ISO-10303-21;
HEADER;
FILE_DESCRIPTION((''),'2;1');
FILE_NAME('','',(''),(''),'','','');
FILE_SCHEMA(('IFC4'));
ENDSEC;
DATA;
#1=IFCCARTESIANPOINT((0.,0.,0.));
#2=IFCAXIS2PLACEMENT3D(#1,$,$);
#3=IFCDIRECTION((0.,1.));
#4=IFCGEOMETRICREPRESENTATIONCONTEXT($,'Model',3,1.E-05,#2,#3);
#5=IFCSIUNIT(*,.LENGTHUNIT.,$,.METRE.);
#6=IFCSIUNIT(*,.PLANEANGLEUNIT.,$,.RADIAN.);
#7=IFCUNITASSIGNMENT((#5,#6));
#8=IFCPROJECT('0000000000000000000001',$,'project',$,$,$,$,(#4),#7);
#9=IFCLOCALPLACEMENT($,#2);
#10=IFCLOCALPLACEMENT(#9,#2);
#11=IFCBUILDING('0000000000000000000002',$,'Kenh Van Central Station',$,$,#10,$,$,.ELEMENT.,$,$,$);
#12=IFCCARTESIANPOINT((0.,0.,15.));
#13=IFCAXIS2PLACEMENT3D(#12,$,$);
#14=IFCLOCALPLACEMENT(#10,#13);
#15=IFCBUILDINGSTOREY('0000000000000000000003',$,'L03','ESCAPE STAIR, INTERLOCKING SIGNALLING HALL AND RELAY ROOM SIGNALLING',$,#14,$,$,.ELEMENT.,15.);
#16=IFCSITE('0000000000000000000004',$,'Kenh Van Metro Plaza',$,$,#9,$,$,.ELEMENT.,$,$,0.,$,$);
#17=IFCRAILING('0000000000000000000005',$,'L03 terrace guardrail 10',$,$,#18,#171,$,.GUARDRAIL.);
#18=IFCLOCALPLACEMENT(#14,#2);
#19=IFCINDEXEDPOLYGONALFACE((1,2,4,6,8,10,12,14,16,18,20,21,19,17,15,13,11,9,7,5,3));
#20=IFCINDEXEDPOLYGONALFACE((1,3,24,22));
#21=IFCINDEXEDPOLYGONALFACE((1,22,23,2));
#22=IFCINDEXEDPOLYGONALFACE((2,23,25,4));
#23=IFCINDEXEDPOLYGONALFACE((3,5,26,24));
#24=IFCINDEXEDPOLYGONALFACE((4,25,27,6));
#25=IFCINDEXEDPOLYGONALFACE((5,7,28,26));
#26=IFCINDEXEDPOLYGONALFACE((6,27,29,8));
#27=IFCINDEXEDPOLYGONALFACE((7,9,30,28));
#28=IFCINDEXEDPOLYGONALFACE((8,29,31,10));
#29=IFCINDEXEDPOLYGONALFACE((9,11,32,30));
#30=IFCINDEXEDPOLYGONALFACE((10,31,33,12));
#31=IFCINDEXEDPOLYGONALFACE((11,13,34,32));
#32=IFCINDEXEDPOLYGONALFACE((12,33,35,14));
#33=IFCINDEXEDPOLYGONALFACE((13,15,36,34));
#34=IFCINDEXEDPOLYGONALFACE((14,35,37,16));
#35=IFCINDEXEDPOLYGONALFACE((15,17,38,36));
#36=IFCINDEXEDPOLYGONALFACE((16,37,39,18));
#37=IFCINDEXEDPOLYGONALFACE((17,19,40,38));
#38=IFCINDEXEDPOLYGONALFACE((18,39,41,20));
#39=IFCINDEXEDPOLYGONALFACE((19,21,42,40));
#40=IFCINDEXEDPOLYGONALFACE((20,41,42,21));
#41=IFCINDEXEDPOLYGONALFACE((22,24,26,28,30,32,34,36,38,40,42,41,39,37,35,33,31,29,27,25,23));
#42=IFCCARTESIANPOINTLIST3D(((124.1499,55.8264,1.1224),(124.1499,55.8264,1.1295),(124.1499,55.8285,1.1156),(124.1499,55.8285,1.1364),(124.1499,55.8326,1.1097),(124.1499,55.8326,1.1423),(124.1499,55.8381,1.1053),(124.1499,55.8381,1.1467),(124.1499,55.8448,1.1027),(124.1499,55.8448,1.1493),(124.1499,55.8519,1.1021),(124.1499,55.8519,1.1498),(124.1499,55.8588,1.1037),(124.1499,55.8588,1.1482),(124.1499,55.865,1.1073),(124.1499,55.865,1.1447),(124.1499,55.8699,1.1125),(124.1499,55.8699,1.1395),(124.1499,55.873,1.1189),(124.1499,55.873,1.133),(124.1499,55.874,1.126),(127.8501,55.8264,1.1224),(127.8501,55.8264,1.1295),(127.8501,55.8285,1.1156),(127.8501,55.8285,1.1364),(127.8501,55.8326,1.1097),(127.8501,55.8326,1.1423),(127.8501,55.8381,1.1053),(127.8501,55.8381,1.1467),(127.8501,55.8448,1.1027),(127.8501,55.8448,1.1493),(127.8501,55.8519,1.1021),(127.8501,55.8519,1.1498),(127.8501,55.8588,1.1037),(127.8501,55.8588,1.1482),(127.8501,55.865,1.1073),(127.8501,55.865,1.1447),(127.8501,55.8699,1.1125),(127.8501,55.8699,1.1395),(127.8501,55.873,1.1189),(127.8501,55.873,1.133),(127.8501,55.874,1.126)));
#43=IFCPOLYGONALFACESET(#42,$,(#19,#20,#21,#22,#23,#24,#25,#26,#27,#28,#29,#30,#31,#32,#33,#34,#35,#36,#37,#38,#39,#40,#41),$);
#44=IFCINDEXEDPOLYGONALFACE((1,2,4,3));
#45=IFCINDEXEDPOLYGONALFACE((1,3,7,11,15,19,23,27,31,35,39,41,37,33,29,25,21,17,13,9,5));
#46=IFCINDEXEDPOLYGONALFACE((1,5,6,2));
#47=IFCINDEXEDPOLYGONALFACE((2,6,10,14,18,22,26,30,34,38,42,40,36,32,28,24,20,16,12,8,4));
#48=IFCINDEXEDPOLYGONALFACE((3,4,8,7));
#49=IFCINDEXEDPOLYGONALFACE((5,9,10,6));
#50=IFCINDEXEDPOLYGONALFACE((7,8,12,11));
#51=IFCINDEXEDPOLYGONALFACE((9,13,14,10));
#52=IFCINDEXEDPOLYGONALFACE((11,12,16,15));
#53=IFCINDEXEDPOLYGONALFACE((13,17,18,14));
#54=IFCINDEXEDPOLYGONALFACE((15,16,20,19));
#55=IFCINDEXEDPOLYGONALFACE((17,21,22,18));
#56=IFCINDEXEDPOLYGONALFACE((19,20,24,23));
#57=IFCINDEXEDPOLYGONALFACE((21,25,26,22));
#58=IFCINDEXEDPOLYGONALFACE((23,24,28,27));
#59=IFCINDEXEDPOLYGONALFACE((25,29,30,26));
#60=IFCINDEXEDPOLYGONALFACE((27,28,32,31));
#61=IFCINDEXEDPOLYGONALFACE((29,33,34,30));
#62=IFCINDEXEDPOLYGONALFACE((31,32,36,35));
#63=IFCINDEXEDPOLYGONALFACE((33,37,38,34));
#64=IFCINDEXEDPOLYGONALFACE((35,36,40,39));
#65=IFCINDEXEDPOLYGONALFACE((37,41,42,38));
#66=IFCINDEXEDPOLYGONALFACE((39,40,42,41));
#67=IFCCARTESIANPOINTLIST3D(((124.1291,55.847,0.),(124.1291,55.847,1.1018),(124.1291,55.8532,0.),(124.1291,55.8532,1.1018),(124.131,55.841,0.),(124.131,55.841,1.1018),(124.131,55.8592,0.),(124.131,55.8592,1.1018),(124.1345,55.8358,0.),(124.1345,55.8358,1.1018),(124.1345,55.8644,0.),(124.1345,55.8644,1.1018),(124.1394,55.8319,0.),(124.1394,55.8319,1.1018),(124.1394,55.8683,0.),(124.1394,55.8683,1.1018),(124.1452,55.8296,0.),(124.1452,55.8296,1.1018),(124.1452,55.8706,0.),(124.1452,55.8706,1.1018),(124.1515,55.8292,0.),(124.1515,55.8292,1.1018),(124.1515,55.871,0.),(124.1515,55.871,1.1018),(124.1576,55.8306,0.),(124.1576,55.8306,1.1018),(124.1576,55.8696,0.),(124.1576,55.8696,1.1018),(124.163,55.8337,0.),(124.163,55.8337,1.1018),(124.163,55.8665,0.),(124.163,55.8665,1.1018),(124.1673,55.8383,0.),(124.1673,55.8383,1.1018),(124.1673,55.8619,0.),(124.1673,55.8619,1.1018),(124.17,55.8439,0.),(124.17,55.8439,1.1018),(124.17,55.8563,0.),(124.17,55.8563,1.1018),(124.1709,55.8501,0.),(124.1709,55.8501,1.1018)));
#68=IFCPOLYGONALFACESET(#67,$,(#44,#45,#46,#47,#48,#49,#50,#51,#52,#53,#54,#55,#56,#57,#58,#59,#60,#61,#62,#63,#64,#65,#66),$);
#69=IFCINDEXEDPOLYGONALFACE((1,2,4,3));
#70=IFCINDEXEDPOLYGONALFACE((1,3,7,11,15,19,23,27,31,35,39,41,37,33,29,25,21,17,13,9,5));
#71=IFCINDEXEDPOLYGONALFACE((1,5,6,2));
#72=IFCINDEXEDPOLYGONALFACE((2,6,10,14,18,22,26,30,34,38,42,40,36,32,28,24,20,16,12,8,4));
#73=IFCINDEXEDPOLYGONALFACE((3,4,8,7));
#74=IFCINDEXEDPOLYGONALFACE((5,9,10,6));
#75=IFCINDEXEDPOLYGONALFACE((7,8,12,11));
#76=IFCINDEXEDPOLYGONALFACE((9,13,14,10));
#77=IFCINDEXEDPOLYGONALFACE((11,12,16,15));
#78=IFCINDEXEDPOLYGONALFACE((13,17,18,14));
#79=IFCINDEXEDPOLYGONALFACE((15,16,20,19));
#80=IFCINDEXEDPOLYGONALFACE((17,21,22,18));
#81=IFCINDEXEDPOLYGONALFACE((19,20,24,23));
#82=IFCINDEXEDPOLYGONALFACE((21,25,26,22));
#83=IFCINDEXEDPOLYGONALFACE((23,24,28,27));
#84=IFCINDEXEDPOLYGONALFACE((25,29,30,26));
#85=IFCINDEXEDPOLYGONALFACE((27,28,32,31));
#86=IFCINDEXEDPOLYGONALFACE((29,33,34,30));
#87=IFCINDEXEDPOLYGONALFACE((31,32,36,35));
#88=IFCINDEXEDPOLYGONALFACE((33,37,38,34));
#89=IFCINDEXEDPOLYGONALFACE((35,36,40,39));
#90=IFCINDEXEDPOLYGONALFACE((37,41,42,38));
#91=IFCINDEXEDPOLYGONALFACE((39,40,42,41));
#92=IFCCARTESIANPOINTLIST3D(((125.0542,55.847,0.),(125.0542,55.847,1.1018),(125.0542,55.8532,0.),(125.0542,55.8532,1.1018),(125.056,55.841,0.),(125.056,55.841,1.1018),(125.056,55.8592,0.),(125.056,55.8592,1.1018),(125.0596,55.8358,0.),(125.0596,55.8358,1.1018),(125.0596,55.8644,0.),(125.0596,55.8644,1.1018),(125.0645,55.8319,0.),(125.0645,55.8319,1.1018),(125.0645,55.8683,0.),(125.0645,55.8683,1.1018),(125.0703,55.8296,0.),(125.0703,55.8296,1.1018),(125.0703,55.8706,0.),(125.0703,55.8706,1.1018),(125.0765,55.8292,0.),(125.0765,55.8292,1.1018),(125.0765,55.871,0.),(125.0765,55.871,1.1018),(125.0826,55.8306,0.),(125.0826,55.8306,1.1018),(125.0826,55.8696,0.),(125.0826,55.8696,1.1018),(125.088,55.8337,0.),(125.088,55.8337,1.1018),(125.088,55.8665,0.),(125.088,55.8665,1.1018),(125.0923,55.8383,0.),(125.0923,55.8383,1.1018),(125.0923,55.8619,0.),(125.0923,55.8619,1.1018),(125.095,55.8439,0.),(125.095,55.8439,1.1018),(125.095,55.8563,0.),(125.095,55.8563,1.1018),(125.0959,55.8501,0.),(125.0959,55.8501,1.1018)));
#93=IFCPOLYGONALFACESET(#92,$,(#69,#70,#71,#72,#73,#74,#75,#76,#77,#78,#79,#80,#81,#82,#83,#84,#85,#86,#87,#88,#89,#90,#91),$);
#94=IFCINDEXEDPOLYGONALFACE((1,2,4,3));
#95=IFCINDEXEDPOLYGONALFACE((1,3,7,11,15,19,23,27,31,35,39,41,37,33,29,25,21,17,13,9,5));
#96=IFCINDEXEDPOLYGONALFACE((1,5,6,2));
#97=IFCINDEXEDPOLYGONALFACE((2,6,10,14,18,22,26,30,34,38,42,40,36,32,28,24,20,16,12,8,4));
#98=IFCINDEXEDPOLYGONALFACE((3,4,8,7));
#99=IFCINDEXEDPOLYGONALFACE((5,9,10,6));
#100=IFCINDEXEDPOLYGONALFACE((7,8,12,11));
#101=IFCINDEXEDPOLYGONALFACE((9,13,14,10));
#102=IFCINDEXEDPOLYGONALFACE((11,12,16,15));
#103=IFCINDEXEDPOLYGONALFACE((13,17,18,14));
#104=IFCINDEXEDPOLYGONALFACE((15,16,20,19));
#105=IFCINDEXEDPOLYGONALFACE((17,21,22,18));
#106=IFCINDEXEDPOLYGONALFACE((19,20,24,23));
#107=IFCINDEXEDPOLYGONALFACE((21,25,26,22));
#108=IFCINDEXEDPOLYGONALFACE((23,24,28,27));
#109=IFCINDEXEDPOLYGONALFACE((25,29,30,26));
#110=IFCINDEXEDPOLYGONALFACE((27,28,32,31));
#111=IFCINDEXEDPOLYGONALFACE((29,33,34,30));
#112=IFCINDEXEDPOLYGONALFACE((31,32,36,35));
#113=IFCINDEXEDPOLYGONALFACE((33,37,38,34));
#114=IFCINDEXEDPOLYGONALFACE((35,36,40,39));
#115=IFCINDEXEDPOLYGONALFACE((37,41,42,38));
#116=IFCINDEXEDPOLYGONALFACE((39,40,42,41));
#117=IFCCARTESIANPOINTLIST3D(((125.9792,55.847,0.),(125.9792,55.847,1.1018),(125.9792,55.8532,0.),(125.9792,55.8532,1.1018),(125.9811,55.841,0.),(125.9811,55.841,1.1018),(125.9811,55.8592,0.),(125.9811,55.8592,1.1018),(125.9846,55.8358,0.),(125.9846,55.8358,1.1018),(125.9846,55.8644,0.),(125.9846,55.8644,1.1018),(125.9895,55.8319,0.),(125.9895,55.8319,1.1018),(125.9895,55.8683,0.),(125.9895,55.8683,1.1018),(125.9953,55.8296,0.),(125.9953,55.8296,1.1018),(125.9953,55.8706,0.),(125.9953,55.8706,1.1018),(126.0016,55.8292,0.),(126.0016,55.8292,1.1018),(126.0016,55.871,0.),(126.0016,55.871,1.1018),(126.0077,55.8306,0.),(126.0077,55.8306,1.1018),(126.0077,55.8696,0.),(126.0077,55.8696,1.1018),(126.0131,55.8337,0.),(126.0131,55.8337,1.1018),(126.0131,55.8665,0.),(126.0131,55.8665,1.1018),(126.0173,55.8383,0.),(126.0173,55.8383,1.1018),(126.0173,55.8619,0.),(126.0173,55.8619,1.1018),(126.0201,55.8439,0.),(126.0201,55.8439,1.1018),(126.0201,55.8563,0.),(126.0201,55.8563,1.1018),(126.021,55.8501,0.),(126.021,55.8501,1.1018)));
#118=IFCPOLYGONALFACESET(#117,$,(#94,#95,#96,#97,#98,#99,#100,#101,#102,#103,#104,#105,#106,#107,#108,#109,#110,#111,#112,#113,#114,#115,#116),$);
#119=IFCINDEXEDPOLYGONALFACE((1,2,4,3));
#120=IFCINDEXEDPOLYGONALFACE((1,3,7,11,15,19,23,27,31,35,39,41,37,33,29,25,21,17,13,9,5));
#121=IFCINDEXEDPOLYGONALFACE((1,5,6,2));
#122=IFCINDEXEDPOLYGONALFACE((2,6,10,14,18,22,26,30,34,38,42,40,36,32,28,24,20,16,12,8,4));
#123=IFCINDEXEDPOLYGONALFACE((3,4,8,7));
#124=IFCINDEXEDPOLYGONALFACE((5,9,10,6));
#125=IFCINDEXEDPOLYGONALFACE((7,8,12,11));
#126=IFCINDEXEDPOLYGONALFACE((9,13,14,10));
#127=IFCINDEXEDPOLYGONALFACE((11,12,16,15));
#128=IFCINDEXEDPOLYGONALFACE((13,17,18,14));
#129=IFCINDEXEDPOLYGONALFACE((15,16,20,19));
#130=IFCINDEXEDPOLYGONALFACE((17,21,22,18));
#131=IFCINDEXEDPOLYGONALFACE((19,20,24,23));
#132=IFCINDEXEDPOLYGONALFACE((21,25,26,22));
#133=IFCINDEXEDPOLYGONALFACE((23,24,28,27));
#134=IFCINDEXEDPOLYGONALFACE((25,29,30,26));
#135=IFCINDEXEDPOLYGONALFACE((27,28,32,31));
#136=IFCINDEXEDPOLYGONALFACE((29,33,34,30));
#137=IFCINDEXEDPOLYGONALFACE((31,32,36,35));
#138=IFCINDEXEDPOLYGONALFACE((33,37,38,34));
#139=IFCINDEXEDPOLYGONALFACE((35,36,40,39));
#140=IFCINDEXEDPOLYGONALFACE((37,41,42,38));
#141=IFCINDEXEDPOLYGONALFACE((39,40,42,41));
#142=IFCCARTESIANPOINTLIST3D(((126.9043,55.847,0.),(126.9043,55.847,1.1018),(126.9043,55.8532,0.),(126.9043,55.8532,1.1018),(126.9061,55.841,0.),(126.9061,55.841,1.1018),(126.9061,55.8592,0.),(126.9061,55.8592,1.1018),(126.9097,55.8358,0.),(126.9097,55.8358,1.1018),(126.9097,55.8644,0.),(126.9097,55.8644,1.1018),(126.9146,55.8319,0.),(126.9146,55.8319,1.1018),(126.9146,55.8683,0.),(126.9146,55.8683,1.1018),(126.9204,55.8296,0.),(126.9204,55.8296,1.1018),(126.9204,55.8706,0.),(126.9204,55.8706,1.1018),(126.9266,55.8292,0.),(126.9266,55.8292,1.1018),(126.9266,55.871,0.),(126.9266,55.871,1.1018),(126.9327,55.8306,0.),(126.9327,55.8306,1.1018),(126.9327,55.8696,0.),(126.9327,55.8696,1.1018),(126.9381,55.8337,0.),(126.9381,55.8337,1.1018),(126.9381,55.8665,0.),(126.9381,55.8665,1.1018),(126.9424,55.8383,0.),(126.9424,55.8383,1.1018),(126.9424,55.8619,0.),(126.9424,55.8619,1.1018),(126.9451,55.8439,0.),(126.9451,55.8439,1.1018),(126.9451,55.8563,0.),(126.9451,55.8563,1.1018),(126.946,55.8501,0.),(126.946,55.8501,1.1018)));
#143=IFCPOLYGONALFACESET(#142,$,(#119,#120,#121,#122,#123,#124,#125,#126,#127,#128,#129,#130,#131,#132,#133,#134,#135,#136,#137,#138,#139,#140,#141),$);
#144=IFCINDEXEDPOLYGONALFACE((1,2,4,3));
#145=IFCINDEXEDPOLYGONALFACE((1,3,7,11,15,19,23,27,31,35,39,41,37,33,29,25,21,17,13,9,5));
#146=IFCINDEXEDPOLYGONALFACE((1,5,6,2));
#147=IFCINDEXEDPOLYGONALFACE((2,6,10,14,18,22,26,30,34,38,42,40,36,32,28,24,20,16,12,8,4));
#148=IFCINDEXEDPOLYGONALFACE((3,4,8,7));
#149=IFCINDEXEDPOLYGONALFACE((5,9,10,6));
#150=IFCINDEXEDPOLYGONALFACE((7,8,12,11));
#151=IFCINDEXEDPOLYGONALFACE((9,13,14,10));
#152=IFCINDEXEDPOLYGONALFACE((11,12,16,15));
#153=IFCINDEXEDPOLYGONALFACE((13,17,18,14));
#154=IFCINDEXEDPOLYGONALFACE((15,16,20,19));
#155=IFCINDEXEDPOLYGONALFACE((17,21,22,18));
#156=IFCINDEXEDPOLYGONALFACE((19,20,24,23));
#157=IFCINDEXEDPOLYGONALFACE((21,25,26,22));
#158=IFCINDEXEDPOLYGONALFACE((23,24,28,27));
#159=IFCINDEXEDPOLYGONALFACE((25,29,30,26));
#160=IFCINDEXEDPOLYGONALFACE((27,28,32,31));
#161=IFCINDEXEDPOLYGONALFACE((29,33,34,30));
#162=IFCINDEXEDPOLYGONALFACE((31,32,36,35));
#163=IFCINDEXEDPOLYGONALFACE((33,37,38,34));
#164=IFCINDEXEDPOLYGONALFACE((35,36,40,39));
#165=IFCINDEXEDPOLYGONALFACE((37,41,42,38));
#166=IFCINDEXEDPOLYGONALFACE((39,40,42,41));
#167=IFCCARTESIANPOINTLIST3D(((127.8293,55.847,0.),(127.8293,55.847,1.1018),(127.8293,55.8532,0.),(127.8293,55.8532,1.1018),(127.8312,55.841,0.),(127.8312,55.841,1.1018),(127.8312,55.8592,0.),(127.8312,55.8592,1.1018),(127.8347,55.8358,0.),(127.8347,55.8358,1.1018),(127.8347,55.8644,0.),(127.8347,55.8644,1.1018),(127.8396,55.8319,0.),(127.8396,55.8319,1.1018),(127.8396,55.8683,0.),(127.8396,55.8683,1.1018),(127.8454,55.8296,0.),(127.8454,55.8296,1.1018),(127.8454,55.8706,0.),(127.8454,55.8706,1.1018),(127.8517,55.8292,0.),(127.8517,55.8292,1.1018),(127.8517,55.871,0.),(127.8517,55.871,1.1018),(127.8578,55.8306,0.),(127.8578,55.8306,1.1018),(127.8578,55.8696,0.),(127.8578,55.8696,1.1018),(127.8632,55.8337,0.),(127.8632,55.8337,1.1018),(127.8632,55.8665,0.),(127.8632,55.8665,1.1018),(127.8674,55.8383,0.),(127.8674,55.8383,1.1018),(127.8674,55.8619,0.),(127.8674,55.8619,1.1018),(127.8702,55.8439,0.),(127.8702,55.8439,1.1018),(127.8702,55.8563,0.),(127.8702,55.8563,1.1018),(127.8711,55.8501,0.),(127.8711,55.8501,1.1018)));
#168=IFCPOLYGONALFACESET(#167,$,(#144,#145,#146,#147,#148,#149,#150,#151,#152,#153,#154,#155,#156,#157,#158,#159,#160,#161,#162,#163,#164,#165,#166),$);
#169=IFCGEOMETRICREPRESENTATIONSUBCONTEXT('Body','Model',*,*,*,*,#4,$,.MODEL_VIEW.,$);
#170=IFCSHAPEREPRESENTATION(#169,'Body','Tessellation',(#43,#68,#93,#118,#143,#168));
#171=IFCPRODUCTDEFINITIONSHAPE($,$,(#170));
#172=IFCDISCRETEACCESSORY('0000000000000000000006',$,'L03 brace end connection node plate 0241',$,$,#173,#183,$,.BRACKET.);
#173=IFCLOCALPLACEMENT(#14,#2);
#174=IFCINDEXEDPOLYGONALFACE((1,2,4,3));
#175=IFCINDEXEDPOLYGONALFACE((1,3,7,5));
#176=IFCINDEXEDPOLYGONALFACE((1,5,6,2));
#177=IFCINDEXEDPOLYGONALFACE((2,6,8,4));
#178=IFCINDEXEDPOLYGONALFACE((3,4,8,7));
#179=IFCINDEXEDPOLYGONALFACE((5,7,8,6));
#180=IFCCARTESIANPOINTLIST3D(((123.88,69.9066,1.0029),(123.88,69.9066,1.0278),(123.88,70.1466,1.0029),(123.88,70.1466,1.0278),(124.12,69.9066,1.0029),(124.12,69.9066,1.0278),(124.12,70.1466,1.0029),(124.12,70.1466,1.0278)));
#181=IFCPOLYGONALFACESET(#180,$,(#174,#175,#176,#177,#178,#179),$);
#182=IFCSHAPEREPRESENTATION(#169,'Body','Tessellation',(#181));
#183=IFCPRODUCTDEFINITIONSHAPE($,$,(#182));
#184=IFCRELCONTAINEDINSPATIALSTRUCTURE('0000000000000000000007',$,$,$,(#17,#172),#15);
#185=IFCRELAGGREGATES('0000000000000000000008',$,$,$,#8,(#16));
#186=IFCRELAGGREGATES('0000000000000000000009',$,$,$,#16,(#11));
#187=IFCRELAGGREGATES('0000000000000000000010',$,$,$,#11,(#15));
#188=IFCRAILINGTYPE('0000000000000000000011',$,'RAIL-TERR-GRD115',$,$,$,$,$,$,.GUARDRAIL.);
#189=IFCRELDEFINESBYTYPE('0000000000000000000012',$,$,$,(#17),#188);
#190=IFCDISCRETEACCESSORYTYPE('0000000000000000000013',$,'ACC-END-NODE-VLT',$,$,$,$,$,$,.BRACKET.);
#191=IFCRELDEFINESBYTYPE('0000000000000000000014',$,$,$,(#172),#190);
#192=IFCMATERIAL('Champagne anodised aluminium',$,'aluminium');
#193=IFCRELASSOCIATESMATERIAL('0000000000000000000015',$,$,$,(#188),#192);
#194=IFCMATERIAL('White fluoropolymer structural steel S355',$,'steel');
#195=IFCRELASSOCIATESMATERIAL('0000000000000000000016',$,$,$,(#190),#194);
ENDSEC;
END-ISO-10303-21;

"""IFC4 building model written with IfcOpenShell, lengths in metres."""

from ifc_helpers import new_model, si_unit, direction, frame, origin, origin_2d, place, context, subcontext, project, spatial, rectangle, circle, extrude, material, type_object, element, save


model = new_model("IFC4")

# Units and contexts
model_context = context("Model", 3, precision=1e-05, world=origin(), true_north=direction((0.0, 1.0)))
body_context = subcontext(model_context, "Body", "Model", "MODEL_VIEW")
ifc_project = project(units=[si_unit("LENGTHUNIT", "METRE"), si_unit("PLANEANGLEUNIT", "RADIAN")], contexts=[model_context])

# Site, building, storey
site_placement = place(None, origin())
site = spatial("IfcSite", under=ifc_project, at=site_placement, Name="Kenh Van Metro Plaza", CompositionType="ELEMENT", RefElevation=0.0)
building_placement = place(site_placement, origin())
building = spatial("IfcBuilding", under=site, at=building_placement, Name="Kenh Van Central Station", CompositionType="ELEMENT")
storey_placement = place(building_placement, frame((0.0, 0.0, 15.0)))
storey = spatial("IfcBuildingStorey", under=building, at=storey_placement, Name="L03", Description="ESCAPE STAIR, INTERLOCKING SIGNALLING HALL AND RELAY ROOM SIGNALLING", CompositionType="ELEMENT", Elevation=15.0)

# Shared definitions
ifc_material_1 = material(Name="White fluoropolymer structural steel S355", Category="steel")

# Shared definitions
ifc_material_2 = material(Name="Champagne anodised aluminium", Category="aluminium")

# Railing
railing_type = type_object("IfcRailingType", Name="RAIL-TERR-GRD115", PredefinedType="GUARDRAIL", material=ifc_material_2)
railing_1_placement = place(storey_placement, frame((124.1499, 55.8501, 0.0)))
element("IfcRailing", 1, at=railing_1_placement, inside=storey, type_object=railing_type, Name="L03 terrace guardrail 10", PredefinedType="GUARDRAIL", context=body_context, shape_type="SweptSolid", body=[
    extrude(circle(Radius=0.0239, at=origin_2d()), frame((0.0, 0.0, 1.126), z_axis=(1.0, 0.0, 0.0), x_axis=(0.0, 1.0, 0.0)), (0.0, 0.0, 1.0), 3.7002),
    extrude(circle(Radius=0.021, at=origin_2d()), origin(), (0.0, 0.0, 1.0), 1.1018),
    extrude(circle(Radius=0.021, at=origin_2d()), frame((0.925, 0.0, 0.0)), (0.0, 0.0, 1.0), 1.1018),
    extrude(circle(Radius=0.021, at=origin_2d()), frame((1.8501, 0.0, 0.0)), (0.0, 0.0, 1.0), 1.1018),
    extrude(circle(Radius=0.021, at=origin_2d()), frame((2.7751, 0.0, 0.0)), (0.0, 0.0, 1.0), 1.1018),
    extrude(circle(Radius=0.021, at=origin_2d()), frame((3.7002, 0.0, 0.0)), (0.0, 0.0, 1.0), 1.1018),
])

# Discrete accessory
discrete_accessory_type = type_object("IfcDiscreteAccessoryType", Name="ACC-END-NODE-VLT", PredefinedType="BRACKET", material=ifc_material_1)
discrete_accessory_placement = place(storey_placement, frame((124.0, 70.0266, 1.0029), z_axis=(0.0, 0.0, 1.0), x_axis=(1.0, 0.0, 0.0)))
element("IfcDiscreteAccessory", 2, at=discrete_accessory_placement, inside=storey, type_object=discrete_accessory_type, Name="L03 brace end connection node plate 0241", PredefinedType="BRACKET", context=body_context, shape_type="SweptSolid", body=[
    extrude(rectangle(XDim=0.24, YDim=0.24, at=origin_2d()), origin(), (0.0, 0.0, 1.0), 0.0249),
])

save(model, "model.ifc")
